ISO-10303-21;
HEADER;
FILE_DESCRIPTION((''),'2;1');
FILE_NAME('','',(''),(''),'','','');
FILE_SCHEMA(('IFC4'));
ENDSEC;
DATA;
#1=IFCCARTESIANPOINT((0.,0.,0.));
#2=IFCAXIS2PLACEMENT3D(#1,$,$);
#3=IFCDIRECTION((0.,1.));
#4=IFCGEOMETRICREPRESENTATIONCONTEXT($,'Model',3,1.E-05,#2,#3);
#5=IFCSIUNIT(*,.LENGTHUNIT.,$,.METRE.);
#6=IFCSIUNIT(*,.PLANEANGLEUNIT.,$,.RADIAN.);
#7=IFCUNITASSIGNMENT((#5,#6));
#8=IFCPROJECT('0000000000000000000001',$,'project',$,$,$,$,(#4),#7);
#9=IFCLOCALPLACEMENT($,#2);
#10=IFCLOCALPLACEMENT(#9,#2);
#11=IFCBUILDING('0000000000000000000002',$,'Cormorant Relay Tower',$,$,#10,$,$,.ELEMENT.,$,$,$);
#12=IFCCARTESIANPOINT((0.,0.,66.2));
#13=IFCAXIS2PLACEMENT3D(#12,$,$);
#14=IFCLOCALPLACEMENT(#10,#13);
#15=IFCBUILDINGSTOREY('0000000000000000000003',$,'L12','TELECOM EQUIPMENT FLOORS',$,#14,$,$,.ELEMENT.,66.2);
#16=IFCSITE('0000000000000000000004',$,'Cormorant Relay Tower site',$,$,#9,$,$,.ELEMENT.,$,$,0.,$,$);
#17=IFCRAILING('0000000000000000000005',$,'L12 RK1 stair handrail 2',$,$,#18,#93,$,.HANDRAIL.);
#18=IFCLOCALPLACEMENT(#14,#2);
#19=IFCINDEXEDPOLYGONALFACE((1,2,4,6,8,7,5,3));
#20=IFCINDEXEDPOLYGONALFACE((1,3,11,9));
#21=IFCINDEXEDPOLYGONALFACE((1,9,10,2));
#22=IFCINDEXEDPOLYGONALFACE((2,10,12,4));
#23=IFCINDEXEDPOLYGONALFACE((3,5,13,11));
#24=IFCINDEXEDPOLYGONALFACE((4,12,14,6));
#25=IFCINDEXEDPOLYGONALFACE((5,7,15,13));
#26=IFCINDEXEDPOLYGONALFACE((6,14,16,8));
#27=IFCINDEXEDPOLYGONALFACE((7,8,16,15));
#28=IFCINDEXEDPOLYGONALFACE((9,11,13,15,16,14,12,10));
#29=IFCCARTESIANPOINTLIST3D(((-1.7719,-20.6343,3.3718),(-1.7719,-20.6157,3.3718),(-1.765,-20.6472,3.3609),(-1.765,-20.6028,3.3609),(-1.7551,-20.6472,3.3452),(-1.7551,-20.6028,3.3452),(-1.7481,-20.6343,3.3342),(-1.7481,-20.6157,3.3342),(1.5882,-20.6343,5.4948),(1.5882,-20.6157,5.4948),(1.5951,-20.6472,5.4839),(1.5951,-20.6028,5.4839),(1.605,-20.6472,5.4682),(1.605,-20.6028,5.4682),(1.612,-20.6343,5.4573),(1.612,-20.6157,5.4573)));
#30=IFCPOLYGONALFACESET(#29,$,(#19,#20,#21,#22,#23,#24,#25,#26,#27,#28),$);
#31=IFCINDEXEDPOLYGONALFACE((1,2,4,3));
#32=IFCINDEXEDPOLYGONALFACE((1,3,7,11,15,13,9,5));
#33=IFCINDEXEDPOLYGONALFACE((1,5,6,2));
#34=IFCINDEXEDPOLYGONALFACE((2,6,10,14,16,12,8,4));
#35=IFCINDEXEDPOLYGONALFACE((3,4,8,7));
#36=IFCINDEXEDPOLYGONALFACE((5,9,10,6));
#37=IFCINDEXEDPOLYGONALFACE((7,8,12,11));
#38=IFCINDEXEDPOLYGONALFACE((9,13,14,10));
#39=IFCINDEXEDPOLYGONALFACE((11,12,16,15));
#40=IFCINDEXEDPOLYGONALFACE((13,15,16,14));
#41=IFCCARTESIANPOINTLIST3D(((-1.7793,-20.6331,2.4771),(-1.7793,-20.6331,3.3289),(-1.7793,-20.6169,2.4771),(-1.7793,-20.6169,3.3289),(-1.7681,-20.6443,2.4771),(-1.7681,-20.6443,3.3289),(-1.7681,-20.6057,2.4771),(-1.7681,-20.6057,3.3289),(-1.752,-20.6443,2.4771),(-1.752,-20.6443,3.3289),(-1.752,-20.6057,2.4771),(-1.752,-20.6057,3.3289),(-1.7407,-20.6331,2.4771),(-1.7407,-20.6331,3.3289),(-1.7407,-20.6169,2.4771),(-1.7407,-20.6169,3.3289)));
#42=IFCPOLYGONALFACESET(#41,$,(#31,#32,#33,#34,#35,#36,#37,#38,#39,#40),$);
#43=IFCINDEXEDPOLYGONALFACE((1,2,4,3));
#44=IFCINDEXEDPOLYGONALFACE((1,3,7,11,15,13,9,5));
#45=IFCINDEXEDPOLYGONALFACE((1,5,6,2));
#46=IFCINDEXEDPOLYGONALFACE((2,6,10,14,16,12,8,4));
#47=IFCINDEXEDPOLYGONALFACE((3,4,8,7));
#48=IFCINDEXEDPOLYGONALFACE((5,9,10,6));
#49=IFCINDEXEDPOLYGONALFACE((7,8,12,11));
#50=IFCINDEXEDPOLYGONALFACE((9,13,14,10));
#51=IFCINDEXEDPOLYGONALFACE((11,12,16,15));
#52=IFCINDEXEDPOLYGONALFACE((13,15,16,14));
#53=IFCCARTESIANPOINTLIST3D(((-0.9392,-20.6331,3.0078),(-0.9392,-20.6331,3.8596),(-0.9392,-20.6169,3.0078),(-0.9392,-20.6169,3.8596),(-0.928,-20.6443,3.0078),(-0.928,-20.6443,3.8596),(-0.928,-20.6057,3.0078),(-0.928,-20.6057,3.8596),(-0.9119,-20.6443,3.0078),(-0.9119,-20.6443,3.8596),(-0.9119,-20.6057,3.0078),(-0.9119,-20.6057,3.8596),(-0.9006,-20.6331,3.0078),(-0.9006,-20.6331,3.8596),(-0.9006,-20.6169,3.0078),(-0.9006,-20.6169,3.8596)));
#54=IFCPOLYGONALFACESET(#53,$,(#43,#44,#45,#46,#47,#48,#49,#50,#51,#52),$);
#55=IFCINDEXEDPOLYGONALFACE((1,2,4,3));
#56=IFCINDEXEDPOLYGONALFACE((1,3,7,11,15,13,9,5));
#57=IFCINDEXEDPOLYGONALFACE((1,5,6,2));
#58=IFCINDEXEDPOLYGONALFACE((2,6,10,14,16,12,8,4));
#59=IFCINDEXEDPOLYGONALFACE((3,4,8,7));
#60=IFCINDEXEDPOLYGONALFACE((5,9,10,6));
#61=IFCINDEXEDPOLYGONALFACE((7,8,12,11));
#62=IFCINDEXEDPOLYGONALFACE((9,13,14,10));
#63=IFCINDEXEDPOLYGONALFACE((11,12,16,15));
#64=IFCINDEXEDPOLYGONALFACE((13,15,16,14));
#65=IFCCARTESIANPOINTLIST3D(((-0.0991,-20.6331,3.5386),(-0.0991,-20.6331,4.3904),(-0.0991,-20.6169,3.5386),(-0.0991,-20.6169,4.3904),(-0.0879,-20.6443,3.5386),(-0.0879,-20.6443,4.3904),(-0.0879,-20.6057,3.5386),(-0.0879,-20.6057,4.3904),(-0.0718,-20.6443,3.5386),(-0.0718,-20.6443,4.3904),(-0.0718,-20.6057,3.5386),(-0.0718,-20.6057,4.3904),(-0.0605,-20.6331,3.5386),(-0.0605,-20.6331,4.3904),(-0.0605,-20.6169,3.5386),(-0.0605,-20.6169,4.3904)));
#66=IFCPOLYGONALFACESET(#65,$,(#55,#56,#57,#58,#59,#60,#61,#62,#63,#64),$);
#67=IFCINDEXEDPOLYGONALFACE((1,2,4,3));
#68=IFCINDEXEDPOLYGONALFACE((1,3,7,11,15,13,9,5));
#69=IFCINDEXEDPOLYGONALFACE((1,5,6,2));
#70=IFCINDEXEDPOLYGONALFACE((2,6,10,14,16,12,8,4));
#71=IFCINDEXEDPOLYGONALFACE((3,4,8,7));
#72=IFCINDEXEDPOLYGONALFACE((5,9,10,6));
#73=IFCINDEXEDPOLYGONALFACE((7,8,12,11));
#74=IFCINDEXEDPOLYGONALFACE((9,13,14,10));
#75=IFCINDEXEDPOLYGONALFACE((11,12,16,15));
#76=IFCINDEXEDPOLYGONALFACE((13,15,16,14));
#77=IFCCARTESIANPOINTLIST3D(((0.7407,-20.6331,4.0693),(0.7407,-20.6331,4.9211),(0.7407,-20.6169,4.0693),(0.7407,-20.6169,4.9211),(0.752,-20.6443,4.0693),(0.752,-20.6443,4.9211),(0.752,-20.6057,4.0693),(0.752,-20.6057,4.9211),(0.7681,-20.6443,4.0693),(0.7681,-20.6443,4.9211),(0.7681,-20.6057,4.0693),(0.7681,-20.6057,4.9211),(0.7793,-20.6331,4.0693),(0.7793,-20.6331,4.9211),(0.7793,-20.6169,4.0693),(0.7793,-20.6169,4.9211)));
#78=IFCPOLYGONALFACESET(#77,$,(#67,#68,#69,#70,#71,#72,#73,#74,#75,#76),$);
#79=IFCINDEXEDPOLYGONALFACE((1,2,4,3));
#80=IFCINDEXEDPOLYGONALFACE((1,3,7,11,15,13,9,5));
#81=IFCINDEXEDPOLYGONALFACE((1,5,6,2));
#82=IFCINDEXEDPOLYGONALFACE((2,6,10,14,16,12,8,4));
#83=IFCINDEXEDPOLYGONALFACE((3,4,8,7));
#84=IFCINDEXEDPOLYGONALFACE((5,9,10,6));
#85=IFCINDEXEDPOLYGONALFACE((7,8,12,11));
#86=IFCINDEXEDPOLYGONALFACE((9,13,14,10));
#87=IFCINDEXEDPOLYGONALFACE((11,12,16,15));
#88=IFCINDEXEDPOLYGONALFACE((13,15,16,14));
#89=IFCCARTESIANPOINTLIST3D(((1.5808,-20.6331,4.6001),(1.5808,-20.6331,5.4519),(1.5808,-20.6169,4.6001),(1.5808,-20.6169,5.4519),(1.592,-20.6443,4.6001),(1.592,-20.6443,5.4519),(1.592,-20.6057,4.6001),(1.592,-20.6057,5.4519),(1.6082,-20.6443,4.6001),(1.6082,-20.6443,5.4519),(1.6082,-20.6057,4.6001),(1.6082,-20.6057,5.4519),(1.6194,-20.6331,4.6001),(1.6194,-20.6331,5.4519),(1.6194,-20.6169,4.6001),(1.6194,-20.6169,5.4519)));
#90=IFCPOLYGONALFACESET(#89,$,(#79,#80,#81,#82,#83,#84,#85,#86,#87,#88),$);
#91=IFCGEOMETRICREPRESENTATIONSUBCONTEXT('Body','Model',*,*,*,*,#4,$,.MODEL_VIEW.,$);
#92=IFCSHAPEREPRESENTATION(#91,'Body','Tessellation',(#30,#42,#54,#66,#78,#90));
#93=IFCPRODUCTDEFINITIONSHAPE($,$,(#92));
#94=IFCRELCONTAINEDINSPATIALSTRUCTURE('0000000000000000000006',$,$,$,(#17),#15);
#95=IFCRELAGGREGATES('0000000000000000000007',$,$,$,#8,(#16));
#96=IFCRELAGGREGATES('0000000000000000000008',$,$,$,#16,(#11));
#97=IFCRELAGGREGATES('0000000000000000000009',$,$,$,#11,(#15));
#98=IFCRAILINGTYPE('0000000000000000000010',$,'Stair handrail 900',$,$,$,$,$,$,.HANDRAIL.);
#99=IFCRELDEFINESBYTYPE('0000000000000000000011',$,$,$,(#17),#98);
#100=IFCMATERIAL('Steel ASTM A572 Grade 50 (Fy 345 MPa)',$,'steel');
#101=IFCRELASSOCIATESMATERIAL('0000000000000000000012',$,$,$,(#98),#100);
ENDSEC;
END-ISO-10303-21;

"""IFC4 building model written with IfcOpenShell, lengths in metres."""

from ifc_helpers import new_model, si_unit, direction, frame, origin, place, context, subcontext, project, spatial, polyline, outline, extrude, material, type_object, element, save


model = new_model("IFC4")

# Units and contexts
model_context = context("Model", 3, precision=1e-05, world=origin(), true_north=direction((0.0, 1.0)))
body_context = subcontext(model_context, "Body", "Model", "MODEL_VIEW")
ifc_project = project(units=[si_unit("LENGTHUNIT", "METRE"), si_unit("PLANEANGLEUNIT", "RADIAN")], contexts=[model_context])

# Site, building, storey
site_placement = place(None, origin())
site = spatial("IfcSite", under=ifc_project, at=site_placement, Name="Cormorant Relay Tower site", CompositionType="ELEMENT", RefElevation=0.0)
building_placement = place(site_placement, origin())
building = spatial("IfcBuilding", under=site, at=building_placement, Name="Cormorant Relay Tower", CompositionType="ELEMENT")
storey_placement = place(building_placement, frame((0.0, 0.0, 66.2)))
storey = spatial("IfcBuildingStorey", under=building, at=storey_placement, Name="L12", Description="TELECOM EQUIPMENT FLOORS", CompositionType="ELEMENT", Elevation=66.2)

# Railing
ifc_material_1 = material(Name="Steel ASTM A572 Grade 50 (Fy 345 MPa)", Category="steel")
railing_type_1 = type_object("IfcRailingType", Name="Stair handrail 900", PredefinedType="HANDRAIL", material=ifc_material_1)
railing_1_placement = place(storey_placement, frame((-1.76, -20.625, 2.4771)))
element("IfcRailing", 1, at=railing_1_placement, inside=storey, type_object=railing_type_1, Name="L12 RK1 stair handrail 2", PredefinedType="HANDRAIL", context=body_context, shape_type="SweptSolid", body=[
    extrude(outline(polyline([(0.0222, 0.0093), (0.0093, 0.0222), (-0.0093, 0.0222), (-0.0222, 0.0093), (-0.0222, -0.0093), (-0.0093, -0.0222), (0.0093, -0.0222), (0.0222, -0.0093), (0.0222, 0.0093)])), frame((0.0, 0.0, 0.876), z_axis=(0.84539, 0.0, 0.53415), x_axis=(0.0, 1.0, 0.0)), (0.0, 0.0, 1.0), 3.9746),
    extrude(outline(polyline([(0.0193, 0.0081), (0.0081, 0.0193), (-0.0081, 0.0193), (-0.0193, 0.0081), (-0.0193, -0.0081), (-0.0081, -0.0193), (0.0081, -0.0193), (0.0193, -0.0081), (0.0193, 0.0081)])), origin(), (0.0, 0.0, 1.0), 0.8518),
    extrude(outline(polyline([(0.0193, 0.0081), (0.0081, 0.0193), (-0.0081, 0.0193), (-0.0193, 0.0081), (-0.0193, -0.0081), (-0.0081, -0.0193), (0.0081, -0.0193), (0.0193, -0.0081), (0.0193, 0.0081)])), frame((0.8401, 0.0, 0.5308)), (0.0, 0.0, 1.0), 0.8518),
    extrude(outline(polyline([(0.0193, 0.0081), (0.0081, 0.0193), (-0.0081, 0.0193), (-0.0193, 0.0081), (-0.0193, -0.0081), (-0.0081, -0.0193), (0.0081, -0.0193), (0.0193, -0.0081), (0.0193, 0.0081)])), frame((1.6802, 0.0, 1.0615)), (0.0, 0.0, 1.0), 0.8518),
    extrude(outline(polyline([(0.0193, 0.0081), (0.0081, 0.0193), (-0.0081, 0.0193), (-0.0193, 0.0081), (-0.0193, -0.0081), (-0.0081, -0.0193), (0.0081, -0.0193), (0.0193, -0.0081), (0.0193, 0.0081)])), frame((2.52, 0.0, 1.5923)), (0.0, 0.0, 1.0), 0.8518),
    extrude(outline(polyline([(0.0193, 0.0081), (0.0081, 0.0193), (-0.0081, 0.0193), (-0.0193, 0.0081), (-0.0193, -0.0081), (-0.0081, -0.0193), (0.0081, -0.0193), (0.0193, -0.0081), (0.0193, 0.0081)])), frame((3.3601, 0.0, 2.123)), (0.0, 0.0, 1.0), 0.8518),
])

save(model, "model.ifc")
